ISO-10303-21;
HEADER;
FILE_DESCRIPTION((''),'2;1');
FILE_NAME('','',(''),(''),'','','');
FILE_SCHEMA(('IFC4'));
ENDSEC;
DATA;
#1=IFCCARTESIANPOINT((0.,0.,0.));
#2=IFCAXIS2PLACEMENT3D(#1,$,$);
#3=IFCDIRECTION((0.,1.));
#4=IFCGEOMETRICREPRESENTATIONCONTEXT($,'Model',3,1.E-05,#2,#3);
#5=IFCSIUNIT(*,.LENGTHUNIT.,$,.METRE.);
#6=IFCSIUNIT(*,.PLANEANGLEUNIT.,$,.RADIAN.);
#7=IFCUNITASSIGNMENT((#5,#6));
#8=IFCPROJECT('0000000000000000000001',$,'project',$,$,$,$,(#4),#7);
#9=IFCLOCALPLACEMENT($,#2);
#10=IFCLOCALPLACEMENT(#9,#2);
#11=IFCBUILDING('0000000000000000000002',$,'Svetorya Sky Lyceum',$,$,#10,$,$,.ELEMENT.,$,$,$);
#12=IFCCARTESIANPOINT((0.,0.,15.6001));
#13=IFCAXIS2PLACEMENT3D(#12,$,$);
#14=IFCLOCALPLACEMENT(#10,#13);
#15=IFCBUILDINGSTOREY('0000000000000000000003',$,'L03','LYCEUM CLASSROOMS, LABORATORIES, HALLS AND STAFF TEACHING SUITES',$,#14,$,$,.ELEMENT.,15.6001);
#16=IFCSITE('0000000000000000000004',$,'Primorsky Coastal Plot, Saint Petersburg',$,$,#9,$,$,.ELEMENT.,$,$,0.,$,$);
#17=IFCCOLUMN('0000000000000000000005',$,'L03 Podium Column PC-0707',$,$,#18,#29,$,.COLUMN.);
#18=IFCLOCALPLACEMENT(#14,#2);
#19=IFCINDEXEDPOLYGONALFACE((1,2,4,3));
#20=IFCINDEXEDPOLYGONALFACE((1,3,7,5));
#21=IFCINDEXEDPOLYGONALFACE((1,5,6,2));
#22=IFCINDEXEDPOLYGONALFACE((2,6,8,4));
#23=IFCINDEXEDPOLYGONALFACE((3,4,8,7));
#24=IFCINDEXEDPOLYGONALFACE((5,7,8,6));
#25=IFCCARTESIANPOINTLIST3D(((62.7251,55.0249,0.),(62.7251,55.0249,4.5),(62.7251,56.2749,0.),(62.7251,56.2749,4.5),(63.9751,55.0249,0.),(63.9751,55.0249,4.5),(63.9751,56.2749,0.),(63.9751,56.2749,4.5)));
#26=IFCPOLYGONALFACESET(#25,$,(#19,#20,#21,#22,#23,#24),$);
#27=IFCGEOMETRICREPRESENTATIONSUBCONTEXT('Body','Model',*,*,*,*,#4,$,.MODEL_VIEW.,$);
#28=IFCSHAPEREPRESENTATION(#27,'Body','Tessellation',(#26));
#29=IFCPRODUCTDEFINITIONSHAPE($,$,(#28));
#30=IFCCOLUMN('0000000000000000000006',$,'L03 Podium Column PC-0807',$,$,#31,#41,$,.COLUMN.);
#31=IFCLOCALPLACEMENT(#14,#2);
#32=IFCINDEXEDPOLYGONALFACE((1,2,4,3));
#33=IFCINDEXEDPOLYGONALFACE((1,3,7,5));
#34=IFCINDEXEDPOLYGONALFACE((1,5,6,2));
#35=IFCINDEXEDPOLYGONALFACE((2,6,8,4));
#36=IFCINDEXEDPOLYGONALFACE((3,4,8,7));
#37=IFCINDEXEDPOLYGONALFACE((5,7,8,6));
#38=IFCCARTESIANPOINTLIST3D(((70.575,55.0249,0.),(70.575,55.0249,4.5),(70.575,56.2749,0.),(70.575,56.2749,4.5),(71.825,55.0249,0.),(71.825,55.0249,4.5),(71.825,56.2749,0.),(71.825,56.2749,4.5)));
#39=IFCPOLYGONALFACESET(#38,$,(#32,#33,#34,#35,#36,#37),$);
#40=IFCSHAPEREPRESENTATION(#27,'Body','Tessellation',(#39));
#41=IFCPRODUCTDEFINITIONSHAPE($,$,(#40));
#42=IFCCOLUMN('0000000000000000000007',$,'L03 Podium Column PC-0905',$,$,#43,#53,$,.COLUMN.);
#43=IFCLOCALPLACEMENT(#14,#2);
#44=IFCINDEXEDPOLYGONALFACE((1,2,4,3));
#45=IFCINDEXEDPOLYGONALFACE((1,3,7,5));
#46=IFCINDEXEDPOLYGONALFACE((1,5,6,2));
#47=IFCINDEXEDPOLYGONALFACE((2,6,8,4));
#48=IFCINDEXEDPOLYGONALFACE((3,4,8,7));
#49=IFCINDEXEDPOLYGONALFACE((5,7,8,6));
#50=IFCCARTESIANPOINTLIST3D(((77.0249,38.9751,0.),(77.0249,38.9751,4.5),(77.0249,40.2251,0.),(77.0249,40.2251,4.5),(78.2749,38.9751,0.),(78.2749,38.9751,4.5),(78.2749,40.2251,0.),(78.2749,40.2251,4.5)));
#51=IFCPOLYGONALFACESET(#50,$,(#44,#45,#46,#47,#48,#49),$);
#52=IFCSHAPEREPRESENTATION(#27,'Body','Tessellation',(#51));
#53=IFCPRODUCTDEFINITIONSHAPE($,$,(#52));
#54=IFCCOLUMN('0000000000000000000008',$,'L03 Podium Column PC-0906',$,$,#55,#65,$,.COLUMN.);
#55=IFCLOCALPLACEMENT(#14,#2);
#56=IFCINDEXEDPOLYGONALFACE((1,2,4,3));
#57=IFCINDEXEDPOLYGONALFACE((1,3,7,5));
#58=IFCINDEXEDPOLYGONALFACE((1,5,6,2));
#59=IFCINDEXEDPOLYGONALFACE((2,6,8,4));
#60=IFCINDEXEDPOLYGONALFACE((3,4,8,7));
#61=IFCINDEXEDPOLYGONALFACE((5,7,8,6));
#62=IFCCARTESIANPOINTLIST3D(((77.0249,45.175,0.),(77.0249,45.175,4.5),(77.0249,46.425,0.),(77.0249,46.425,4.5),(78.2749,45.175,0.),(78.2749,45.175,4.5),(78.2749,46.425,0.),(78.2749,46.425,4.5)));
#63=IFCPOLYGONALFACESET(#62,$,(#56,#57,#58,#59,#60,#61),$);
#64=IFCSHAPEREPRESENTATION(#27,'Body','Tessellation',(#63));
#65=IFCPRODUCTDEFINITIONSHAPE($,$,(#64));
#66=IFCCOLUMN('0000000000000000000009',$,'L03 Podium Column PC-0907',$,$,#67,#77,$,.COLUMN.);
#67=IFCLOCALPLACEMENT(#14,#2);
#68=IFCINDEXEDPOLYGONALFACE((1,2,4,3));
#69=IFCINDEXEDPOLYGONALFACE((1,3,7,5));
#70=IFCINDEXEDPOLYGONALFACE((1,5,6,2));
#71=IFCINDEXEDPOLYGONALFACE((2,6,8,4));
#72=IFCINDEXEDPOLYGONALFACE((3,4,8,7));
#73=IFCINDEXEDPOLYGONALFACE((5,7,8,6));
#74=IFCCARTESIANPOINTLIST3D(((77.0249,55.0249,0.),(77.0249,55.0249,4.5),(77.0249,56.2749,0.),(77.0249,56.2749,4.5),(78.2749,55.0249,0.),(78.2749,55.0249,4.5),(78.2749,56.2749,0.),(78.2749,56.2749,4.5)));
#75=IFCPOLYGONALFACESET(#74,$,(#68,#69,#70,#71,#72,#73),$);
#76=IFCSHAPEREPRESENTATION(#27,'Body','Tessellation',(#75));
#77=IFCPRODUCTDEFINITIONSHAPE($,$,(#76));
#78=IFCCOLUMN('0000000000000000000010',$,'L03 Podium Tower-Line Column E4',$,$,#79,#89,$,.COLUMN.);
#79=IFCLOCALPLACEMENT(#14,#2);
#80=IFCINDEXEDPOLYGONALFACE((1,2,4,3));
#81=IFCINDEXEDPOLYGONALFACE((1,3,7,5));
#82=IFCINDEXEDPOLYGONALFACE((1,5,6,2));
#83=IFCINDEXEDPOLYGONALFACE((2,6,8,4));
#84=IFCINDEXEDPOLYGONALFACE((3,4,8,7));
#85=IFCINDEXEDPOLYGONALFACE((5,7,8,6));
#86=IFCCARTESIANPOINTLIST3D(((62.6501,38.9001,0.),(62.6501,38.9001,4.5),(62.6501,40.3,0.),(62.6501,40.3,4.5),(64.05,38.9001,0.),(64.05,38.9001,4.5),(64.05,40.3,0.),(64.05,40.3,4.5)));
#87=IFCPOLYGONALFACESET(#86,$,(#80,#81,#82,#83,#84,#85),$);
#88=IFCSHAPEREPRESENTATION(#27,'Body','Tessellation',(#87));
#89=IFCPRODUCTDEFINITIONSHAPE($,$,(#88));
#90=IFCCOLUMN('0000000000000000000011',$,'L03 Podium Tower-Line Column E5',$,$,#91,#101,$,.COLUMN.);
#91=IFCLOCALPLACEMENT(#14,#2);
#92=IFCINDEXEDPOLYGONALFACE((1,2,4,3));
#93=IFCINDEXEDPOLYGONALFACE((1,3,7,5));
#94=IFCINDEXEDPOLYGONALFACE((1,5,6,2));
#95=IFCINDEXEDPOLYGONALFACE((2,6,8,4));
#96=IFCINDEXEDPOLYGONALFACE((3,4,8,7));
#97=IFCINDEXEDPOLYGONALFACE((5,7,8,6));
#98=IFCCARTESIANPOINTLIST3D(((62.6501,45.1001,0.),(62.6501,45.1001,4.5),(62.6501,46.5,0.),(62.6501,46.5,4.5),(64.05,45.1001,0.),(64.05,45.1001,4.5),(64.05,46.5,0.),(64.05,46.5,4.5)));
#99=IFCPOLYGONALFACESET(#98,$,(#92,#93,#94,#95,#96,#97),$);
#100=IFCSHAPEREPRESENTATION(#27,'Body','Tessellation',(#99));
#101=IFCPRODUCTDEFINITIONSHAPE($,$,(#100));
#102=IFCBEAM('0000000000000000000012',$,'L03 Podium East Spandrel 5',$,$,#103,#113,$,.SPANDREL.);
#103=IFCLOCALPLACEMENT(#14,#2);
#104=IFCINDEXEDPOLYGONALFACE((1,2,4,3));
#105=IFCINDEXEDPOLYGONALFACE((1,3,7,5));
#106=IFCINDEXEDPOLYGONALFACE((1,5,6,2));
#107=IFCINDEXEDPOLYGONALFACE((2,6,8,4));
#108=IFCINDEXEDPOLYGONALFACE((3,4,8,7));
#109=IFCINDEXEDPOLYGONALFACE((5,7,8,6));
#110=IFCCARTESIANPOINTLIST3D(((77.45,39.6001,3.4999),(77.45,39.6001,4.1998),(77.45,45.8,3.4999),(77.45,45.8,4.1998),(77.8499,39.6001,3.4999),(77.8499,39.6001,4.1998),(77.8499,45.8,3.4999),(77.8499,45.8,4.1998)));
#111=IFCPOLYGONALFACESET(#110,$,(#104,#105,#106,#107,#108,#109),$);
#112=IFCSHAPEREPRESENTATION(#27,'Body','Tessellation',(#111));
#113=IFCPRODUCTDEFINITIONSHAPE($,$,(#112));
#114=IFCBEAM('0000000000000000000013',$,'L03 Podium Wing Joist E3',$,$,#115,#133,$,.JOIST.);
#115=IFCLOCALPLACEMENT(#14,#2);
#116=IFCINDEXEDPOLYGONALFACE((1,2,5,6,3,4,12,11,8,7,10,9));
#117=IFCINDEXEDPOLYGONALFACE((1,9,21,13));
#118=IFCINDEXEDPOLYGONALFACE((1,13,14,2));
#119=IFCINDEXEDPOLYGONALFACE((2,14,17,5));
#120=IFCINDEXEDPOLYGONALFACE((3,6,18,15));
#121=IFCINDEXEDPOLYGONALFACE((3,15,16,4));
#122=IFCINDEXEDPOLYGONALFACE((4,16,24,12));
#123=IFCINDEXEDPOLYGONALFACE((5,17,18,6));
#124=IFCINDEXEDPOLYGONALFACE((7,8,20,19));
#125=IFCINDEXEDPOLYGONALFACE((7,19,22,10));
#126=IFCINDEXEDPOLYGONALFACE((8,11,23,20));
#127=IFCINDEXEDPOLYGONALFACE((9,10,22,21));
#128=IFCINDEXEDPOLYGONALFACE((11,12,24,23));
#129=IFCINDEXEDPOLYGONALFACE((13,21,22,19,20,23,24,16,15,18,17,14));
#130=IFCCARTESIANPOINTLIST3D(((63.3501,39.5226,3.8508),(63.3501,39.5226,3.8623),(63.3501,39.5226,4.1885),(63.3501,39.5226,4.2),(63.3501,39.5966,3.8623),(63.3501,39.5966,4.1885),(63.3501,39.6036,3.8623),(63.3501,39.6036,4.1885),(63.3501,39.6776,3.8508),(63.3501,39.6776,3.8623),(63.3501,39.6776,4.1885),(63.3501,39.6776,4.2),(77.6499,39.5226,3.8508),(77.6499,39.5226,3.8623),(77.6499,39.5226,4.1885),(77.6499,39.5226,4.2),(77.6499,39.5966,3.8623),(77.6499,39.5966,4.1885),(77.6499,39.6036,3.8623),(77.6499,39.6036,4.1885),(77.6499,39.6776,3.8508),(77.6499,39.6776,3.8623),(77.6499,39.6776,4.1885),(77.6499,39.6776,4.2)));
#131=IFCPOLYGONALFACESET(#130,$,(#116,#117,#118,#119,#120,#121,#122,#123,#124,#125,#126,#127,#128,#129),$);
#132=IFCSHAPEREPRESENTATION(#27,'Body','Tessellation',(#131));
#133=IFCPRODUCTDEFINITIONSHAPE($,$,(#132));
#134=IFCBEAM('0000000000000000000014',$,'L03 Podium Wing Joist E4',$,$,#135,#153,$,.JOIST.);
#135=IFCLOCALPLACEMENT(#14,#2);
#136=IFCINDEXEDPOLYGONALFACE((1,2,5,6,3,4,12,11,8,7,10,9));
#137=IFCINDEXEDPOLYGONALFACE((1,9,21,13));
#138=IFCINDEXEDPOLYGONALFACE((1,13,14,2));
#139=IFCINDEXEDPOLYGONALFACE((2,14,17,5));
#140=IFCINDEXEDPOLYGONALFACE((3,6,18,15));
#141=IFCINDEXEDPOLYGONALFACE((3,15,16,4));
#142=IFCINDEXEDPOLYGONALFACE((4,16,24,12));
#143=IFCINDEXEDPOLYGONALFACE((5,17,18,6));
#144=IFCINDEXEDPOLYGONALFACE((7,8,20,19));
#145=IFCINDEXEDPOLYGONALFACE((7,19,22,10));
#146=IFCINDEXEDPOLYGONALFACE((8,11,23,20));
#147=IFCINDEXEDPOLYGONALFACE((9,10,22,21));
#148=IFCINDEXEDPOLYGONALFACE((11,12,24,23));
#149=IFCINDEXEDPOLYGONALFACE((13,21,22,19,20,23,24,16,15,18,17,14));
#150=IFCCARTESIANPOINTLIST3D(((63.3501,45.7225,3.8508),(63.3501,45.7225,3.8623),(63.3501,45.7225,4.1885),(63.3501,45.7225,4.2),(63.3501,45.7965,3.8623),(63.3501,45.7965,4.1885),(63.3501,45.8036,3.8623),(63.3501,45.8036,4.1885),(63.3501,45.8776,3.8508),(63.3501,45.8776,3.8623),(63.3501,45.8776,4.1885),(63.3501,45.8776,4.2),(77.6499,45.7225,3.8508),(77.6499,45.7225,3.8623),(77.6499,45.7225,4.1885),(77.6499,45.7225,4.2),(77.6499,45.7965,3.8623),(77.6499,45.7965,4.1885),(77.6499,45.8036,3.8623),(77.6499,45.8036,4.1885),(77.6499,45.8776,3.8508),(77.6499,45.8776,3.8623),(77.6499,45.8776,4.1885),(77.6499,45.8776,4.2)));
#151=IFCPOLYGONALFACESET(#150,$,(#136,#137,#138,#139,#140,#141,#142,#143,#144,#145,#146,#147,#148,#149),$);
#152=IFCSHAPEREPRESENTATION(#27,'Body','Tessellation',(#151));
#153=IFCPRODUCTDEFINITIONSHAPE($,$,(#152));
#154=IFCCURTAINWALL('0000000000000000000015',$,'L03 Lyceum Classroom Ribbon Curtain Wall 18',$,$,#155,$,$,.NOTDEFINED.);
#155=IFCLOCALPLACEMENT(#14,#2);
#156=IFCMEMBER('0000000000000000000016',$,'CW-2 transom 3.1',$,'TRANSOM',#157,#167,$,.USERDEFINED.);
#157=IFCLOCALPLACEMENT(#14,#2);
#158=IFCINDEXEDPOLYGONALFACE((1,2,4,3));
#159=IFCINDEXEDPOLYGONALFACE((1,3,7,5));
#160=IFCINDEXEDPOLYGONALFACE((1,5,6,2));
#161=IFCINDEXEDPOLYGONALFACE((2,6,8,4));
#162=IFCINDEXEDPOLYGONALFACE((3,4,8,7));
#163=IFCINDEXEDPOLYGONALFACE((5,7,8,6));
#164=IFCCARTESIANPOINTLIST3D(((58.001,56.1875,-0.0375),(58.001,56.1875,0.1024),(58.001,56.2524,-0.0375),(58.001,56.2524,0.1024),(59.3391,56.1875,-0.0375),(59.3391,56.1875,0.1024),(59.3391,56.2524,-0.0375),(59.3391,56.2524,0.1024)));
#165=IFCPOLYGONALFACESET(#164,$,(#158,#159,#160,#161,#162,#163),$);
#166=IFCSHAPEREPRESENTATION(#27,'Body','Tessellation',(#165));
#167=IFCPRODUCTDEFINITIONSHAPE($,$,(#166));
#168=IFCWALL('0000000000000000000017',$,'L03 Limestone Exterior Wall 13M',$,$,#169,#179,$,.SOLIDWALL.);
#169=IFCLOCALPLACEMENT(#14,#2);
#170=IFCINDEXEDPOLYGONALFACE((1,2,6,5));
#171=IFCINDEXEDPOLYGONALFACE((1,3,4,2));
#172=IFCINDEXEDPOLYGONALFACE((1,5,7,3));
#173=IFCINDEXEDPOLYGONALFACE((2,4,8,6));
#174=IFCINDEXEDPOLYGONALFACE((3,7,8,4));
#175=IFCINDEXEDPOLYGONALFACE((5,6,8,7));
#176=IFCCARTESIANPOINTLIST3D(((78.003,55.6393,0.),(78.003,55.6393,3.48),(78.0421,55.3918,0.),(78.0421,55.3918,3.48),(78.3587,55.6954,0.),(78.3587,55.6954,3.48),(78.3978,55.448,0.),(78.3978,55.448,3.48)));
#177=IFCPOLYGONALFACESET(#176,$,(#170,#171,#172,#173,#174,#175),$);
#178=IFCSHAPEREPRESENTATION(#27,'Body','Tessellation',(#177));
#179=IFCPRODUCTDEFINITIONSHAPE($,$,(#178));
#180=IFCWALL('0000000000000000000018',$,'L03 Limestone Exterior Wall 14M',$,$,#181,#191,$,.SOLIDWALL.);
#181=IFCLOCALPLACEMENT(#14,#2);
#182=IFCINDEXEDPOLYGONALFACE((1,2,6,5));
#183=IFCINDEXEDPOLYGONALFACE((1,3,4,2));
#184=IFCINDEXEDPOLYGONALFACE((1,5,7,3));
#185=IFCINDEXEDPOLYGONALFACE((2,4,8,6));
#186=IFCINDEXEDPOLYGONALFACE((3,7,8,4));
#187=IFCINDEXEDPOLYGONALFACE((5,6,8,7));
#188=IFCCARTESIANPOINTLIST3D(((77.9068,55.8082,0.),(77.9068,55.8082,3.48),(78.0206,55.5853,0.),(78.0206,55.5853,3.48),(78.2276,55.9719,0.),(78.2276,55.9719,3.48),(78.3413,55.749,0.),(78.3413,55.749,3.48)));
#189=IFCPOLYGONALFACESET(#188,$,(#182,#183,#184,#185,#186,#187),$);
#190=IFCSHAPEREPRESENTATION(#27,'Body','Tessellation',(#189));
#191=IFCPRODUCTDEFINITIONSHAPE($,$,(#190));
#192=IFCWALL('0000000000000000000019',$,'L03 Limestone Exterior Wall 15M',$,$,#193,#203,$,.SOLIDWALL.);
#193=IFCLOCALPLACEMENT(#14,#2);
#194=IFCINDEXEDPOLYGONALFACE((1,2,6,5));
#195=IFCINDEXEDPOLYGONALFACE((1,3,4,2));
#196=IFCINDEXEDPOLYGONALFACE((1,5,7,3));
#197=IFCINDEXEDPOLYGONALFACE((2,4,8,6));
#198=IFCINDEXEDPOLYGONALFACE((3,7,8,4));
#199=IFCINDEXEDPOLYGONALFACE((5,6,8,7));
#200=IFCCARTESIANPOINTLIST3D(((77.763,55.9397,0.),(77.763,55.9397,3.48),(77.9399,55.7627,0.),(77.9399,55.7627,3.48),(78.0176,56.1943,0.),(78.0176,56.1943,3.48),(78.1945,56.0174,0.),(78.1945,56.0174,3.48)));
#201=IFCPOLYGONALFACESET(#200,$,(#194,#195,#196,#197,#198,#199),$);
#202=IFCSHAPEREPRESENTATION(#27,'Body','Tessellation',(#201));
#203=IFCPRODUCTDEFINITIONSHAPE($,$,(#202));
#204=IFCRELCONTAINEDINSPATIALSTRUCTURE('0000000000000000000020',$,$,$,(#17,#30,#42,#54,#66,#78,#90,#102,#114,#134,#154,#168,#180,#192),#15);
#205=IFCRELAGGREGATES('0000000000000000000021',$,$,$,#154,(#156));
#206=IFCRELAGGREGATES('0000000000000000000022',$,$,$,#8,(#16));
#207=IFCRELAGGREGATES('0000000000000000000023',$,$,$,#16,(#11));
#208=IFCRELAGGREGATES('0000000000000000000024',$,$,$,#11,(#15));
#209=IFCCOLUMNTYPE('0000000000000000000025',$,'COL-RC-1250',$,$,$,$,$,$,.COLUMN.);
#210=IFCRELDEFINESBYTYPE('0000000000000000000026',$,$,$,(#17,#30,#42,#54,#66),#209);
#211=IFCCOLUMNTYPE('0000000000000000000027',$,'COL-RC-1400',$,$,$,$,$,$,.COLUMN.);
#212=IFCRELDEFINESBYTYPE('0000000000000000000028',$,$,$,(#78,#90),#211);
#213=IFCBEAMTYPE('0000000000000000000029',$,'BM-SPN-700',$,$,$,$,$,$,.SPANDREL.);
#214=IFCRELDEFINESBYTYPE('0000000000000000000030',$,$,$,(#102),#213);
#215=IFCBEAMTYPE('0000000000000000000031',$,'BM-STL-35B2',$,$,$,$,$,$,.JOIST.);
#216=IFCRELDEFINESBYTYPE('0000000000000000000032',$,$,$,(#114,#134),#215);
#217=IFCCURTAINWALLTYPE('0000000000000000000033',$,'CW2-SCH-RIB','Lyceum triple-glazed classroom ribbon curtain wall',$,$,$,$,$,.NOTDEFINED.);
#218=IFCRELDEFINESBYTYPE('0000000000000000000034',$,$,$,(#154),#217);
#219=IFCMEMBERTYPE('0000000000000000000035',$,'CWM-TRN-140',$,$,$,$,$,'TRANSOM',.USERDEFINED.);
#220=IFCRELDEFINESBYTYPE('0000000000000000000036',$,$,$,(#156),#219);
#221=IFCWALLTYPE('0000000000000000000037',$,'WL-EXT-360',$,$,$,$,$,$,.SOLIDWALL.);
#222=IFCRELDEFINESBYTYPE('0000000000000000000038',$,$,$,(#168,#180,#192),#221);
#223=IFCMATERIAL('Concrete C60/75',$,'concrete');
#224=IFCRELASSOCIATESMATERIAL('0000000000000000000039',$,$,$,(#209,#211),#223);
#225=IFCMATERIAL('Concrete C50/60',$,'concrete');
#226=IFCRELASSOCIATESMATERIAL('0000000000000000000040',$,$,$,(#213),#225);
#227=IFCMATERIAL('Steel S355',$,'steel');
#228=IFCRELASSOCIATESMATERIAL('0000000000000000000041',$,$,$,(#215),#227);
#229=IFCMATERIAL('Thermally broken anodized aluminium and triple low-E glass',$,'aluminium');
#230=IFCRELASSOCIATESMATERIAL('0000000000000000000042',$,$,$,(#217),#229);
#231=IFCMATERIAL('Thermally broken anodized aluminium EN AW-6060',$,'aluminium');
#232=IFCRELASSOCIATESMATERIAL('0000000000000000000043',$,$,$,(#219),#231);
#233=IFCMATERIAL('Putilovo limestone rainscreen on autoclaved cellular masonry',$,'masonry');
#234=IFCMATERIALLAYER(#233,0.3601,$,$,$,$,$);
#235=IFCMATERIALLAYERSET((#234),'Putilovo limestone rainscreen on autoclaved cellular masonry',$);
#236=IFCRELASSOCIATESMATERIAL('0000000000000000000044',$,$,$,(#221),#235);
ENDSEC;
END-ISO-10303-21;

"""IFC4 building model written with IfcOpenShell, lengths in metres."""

from ifc_helpers import new_model, si_unit, direction, frame, frame_2d, origin, origin_2d, place, context, subcontext, project, spatial, rectangle, i_section, extrude, material, layer, layer_set, material_profile, profile_set, type_object, element, aggregate, save


model = new_model("IFC4")

# Units and contexts
model_context = context("Model", 3, precision=1e-05, world=origin(), true_north=direction((0.0, 1.0)))
body_context = subcontext(model_context, "Body", "Model", "MODEL_VIEW")
ifc_project = project(units=[si_unit("LENGTHUNIT", "METRE"), si_unit("PLANEANGLEUNIT", "RADIAN")], contexts=[model_context])

# Site, building, storey
site_placement = place(None, origin())
site = spatial("IfcSite", under=ifc_project, at=site_placement, Name="Primorsky Coastal Plot, Saint Petersburg", CompositionType="ELEMENT", RefElevation=0.0)
building_placement = place(site_placement, origin())
building = spatial("IfcBuilding", under=site, at=building_placement, Name="Svetorya Sky Lyceum", CompositionType="ELEMENT")
storey_placement = place(building_placement, frame((0.0, 0.0, 15.6001)))
storey = spatial("IfcBuildingStorey", under=building, at=storey_placement, Name="L03", Description="LYCEUM CLASSROOMS, LABORATORIES, HALLS AND STAFF TEACHING SUITES", CompositionType="ELEMENT", Elevation=15.6001)

# Columns
ifc_material_1 = material(Name="Concrete C60/75", Category="concrete")
ifc_material_profile_1 = material_profile(ifc_material_1, rectangle(XDim=1.25, YDim=1.25, at=origin_2d()), Name="RC COL 1250x1250")
ifc_profile_set_1 = profile_set([ifc_material_profile_1], Name="Concrete C60/75")
column_type_1 = type_object("IfcColumnType", Name="COL-RC-1250", PredefinedType="COLUMN", material=ifc_profile_set_1)
for number, where, z_axis, x_axis, name in (
    (1, (63.3501, 55.6499, 0.0), (0.0, 0.0, 1.0), (1.0, 0.0, 0.0), "L03 Podium Column PC-0707"),
    (2, (71.2, 55.6499, 0.0), (0.0, 0.0, 1.0), (1.0, 0.0, 0.0), "L03 Podium Column PC-0807"),
    (3, (77.6499, 39.6001, 0.0), (0.0, 0.0, 1.0), (1.0, 0.0, 0.0), "L03 Podium Column PC-0905"),
    (4, (77.6499, 45.8, 0.0), (0.0, 0.0, 1.0), (1.0, 0.0, 0.0), "L03 Podium Column PC-0906"),
    (5, (77.6499, 55.6499, 0.0), (0.0, 0.0, 1.0), (1.0, 0.0, 0.0), "L03 Podium Column PC-0907"),
):
    element("IfcColumn", number, at=place(storey_placement, frame(where, z_axis=z_axis, x_axis=x_axis)), inside=storey, type_object=column_type_1, Name=name, PredefinedType="COLUMN", context=body_context, shape_type="SweptSolid", body=[
        extrude(rectangle(XDim=1.25, YDim=1.25, at=origin_2d()), origin(), (0.0, 0.0, 1.0), 4.5),
    ])
ifc_material_profile_2 = material_profile(ifc_material_1, rectangle(XDim=1.3999, YDim=1.3999, at=origin_2d()), Name="RC COL 1400x1400")
ifc_profile_set_2 = profile_set([ifc_material_profile_2], Name="Concrete C60/75")
column_type_2 = type_object("IfcColumnType", Name="COL-RC-1400", PredefinedType="COLUMN", material=ifc_profile_set_2)
for number, where, z_axis, x_axis, name in (
    (6, (63.3501, 39.6001, 0.0), (0.0, 0.0, 1.0), (1.0, 0.0, 0.0), "L03 Podium Tower-Line Column E4"),
    (7, (63.3501, 45.8, 0.0), (0.0, 0.0, 1.0), (1.0, 0.0, 0.0), "L03 Podium Tower-Line Column E5"),
):
    element("IfcColumn", number, at=place(storey_placement, frame(where, z_axis=z_axis, x_axis=x_axis)), inside=storey, type_object=column_type_2, Name=name, PredefinedType="COLUMN", context=body_context, shape_type="SweptSolid", body=[
        extrude(rectangle(XDim=1.3999, YDim=1.3999, at=origin_2d()), origin(), (0.0, 0.0, 1.0), 4.5),
    ])

# Beams
ifc_material_2 = material(Name="Concrete C50/60", Category="concrete")
ifc_material_profile_3 = material_profile(ifc_material_2, rectangle(XDim=0.3999, YDim=0.7, at=origin_2d()), Name="RC SPANDREL 400x700")
ifc_profile_set_3 = profile_set([ifc_material_profile_3], Name="Concrete C50/60")
beam_type_1 = type_object("IfcBeamType", Name="BM-SPN-700", PredefinedType="SPANDREL", material=ifc_profile_set_3)
beam_placement = place(storey_placement, frame((77.6499, 39.6001, 3.8499), z_axis=(0.0, 1.0, 0.0), x_axis=(-1.0, 0.0, 0.0)))
element("IfcBeam", 8, at=beam_placement, inside=storey, type_object=beam_type_1, Name="L03 Podium East Spandrel 5", PredefinedType="SPANDREL", context=body_context, shape_type="SweptSolid", body=[
    extrude(rectangle(XDim=0.3999, YDim=0.7, at=origin_2d()), origin(), (0.0, 0.0, 1.0), 6.2),
])
ifc_material_3 = material(Name="Steel S355", Category="steel")
ifc_material_profile_4 = material_profile(ifc_material_3, i_section(OverallWidth=0.155, OverallDepth=0.3491, WebThickness=0.0071, FlangeThickness=0.0115, at=origin_2d()), Name="GOST 35B2")
ifc_profile_set_4 = profile_set([ifc_material_profile_4], Name="Steel S355")
beam_type_2 = type_object("IfcBeamType", Name="BM-STL-35B2", PredefinedType="JOIST", material=ifc_profile_set_4)
for number, where, z_axis, x_axis, name in (
    (9, (63.3501, 39.6001, 4.0254), (1.0, 0.0, 0.0), (0.0, 1.0, 0.0), "L03 Podium Wing Joist E3"),
    (10, (63.3501, 45.8, 4.0254), (1.0, 0.0, 0.0), (0.0, 1.0, 0.0), "L03 Podium Wing Joist E4"),
):
    element("IfcBeam", number, at=place(storey_placement, frame(where, z_axis=z_axis, x_axis=x_axis)), inside=storey, type_object=beam_type_2, Name=name, PredefinedType="JOIST", context=body_context, shape_type="SweptSolid", body=[
        extrude(i_section(OverallWidth=0.155, OverallDepth=0.3491, WebThickness=0.0071, FlangeThickness=0.0115, at=origin_2d()), origin(), (0.0, 0.0, 1.0), 14.2998),
    ])

# Curtain wall, member
ifc_material_4 = material(Name="Thermally broken anodized aluminium and triple low-E glass", Category="aluminium")
curtain_wall_type = type_object("IfcCurtainWallType", Name="CW2-SCH-RIB", Description="Lyceum triple-glazed classroom ribbon curtain wall", PredefinedType="NOTDEFINED", material=ifc_material_4)
curtain_wall_placement = place(storey_placement, origin())
curtain_wall = element("IfcCurtainWall", 11, at=curtain_wall_placement, inside=storey, type_object=curtain_wall_type, Name="L03 Lyceum Classroom Ribbon Curtain Wall 18", PredefinedType="NOTDEFINED")
ifc_material_5 = material(Name="Thermally broken anodized aluminium EN AW-6060", Category="aluminium")
ifc_material_profile_5 = material_profile(ifc_material_5, rectangle(XDim=0.0649, YDim=0.1399, at=origin_2d()), Name="ALU TRANSOM 65x140")
ifc_profile_set_5 = profile_set([ifc_material_profile_5], Name="Thermally broken anodized aluminium EN AW-6060")
member_type = type_object("IfcMemberType", Name="CWM-TRN-140", ElementType="TRANSOM", PredefinedType="USERDEFINED", material=ifc_profile_set_5)
member_placement = place(storey_placement, frame((59.3391, 56.22, 0.0325), z_axis=(-1.0, 0.0, 0.0), x_axis=(0.0, -1.0, 0.0)))
member = element("IfcMember", 12, at=member_placement, type_object=member_type, Name="CW-2 transom 3.1", ObjectType="TRANSOM", PredefinedType="USERDEFINED", context=body_context, shape_type="SweptSolid", body=[
    extrude(rectangle(XDim=0.0649, YDim=0.1399, at=origin_2d()), origin(), (0.0, 0.0, 1.0), 1.3381),
])
aggregate(curtain_wall, [member])

# Walls
ifc_material_6 = material(Name="Putilovo limestone rainscreen on autoclaved cellular masonry", Category="masonry")
ifc_layer_1 = layer(ifc_material_6, 0.3601)
ifc_layer_set_1 = layer_set([ifc_layer_1], Name="Putilovo limestone rainscreen on autoclaved cellular masonry")
wall_type_1 = type_object("IfcWallType", Name="WL-EXT-360", PredefinedType="SOLIDWALL", material=ifc_layer_set_1)
wall_1_placement = place(storey_placement, frame((78.22, 55.4199, 0.0), z_axis=(0.0, 0.0, 1.0), x_axis=(-0.156013, 0.987755, 0.0)))
element("IfcWall", 13, at=wall_1_placement, inside=storey, type_object=wall_type_1, Name="L03 Limestone Exterior Wall 13M", PredefinedType="SOLIDWALL", context=body_context, shape_type="SweptSolid", body=[
    extrude(rectangle(XDim=0.2505, YDim=0.3601, at=frame_2d((0.1252, 0.0))), origin(), (0.0, 0.0, 1.0), 3.48),
])
for number, where, z_axis, x_axis, name in (
    (14, (78.1809, 55.6672, 0.0), (0.0, 0.0, 1.0), (-0.454613, 0.890689, 0.0), "L03 Limestone Exterior Wall 14M"),
    (15, (78.0671, 55.8901, 0.0), (0.0, 0.0, 1.0), (-0.707107, 0.707107, 0.0), "L03 Limestone Exterior Wall 15M"),
):
    element("IfcWall", number, at=place(storey_placement, frame(where, z_axis=z_axis, x_axis=x_axis)), inside=storey, type_object=wall_type_1, Name=name, PredefinedType="SOLIDWALL", context=body_context, shape_type="SweptSolid", body=[
        extrude(rectangle(XDim=0.2502, YDim=0.3601, at=frame_2d((0.125, 0.0))), origin(), (0.0, 0.0, 1.0), 3.48),
    ])

save(model, "model.ifc")
